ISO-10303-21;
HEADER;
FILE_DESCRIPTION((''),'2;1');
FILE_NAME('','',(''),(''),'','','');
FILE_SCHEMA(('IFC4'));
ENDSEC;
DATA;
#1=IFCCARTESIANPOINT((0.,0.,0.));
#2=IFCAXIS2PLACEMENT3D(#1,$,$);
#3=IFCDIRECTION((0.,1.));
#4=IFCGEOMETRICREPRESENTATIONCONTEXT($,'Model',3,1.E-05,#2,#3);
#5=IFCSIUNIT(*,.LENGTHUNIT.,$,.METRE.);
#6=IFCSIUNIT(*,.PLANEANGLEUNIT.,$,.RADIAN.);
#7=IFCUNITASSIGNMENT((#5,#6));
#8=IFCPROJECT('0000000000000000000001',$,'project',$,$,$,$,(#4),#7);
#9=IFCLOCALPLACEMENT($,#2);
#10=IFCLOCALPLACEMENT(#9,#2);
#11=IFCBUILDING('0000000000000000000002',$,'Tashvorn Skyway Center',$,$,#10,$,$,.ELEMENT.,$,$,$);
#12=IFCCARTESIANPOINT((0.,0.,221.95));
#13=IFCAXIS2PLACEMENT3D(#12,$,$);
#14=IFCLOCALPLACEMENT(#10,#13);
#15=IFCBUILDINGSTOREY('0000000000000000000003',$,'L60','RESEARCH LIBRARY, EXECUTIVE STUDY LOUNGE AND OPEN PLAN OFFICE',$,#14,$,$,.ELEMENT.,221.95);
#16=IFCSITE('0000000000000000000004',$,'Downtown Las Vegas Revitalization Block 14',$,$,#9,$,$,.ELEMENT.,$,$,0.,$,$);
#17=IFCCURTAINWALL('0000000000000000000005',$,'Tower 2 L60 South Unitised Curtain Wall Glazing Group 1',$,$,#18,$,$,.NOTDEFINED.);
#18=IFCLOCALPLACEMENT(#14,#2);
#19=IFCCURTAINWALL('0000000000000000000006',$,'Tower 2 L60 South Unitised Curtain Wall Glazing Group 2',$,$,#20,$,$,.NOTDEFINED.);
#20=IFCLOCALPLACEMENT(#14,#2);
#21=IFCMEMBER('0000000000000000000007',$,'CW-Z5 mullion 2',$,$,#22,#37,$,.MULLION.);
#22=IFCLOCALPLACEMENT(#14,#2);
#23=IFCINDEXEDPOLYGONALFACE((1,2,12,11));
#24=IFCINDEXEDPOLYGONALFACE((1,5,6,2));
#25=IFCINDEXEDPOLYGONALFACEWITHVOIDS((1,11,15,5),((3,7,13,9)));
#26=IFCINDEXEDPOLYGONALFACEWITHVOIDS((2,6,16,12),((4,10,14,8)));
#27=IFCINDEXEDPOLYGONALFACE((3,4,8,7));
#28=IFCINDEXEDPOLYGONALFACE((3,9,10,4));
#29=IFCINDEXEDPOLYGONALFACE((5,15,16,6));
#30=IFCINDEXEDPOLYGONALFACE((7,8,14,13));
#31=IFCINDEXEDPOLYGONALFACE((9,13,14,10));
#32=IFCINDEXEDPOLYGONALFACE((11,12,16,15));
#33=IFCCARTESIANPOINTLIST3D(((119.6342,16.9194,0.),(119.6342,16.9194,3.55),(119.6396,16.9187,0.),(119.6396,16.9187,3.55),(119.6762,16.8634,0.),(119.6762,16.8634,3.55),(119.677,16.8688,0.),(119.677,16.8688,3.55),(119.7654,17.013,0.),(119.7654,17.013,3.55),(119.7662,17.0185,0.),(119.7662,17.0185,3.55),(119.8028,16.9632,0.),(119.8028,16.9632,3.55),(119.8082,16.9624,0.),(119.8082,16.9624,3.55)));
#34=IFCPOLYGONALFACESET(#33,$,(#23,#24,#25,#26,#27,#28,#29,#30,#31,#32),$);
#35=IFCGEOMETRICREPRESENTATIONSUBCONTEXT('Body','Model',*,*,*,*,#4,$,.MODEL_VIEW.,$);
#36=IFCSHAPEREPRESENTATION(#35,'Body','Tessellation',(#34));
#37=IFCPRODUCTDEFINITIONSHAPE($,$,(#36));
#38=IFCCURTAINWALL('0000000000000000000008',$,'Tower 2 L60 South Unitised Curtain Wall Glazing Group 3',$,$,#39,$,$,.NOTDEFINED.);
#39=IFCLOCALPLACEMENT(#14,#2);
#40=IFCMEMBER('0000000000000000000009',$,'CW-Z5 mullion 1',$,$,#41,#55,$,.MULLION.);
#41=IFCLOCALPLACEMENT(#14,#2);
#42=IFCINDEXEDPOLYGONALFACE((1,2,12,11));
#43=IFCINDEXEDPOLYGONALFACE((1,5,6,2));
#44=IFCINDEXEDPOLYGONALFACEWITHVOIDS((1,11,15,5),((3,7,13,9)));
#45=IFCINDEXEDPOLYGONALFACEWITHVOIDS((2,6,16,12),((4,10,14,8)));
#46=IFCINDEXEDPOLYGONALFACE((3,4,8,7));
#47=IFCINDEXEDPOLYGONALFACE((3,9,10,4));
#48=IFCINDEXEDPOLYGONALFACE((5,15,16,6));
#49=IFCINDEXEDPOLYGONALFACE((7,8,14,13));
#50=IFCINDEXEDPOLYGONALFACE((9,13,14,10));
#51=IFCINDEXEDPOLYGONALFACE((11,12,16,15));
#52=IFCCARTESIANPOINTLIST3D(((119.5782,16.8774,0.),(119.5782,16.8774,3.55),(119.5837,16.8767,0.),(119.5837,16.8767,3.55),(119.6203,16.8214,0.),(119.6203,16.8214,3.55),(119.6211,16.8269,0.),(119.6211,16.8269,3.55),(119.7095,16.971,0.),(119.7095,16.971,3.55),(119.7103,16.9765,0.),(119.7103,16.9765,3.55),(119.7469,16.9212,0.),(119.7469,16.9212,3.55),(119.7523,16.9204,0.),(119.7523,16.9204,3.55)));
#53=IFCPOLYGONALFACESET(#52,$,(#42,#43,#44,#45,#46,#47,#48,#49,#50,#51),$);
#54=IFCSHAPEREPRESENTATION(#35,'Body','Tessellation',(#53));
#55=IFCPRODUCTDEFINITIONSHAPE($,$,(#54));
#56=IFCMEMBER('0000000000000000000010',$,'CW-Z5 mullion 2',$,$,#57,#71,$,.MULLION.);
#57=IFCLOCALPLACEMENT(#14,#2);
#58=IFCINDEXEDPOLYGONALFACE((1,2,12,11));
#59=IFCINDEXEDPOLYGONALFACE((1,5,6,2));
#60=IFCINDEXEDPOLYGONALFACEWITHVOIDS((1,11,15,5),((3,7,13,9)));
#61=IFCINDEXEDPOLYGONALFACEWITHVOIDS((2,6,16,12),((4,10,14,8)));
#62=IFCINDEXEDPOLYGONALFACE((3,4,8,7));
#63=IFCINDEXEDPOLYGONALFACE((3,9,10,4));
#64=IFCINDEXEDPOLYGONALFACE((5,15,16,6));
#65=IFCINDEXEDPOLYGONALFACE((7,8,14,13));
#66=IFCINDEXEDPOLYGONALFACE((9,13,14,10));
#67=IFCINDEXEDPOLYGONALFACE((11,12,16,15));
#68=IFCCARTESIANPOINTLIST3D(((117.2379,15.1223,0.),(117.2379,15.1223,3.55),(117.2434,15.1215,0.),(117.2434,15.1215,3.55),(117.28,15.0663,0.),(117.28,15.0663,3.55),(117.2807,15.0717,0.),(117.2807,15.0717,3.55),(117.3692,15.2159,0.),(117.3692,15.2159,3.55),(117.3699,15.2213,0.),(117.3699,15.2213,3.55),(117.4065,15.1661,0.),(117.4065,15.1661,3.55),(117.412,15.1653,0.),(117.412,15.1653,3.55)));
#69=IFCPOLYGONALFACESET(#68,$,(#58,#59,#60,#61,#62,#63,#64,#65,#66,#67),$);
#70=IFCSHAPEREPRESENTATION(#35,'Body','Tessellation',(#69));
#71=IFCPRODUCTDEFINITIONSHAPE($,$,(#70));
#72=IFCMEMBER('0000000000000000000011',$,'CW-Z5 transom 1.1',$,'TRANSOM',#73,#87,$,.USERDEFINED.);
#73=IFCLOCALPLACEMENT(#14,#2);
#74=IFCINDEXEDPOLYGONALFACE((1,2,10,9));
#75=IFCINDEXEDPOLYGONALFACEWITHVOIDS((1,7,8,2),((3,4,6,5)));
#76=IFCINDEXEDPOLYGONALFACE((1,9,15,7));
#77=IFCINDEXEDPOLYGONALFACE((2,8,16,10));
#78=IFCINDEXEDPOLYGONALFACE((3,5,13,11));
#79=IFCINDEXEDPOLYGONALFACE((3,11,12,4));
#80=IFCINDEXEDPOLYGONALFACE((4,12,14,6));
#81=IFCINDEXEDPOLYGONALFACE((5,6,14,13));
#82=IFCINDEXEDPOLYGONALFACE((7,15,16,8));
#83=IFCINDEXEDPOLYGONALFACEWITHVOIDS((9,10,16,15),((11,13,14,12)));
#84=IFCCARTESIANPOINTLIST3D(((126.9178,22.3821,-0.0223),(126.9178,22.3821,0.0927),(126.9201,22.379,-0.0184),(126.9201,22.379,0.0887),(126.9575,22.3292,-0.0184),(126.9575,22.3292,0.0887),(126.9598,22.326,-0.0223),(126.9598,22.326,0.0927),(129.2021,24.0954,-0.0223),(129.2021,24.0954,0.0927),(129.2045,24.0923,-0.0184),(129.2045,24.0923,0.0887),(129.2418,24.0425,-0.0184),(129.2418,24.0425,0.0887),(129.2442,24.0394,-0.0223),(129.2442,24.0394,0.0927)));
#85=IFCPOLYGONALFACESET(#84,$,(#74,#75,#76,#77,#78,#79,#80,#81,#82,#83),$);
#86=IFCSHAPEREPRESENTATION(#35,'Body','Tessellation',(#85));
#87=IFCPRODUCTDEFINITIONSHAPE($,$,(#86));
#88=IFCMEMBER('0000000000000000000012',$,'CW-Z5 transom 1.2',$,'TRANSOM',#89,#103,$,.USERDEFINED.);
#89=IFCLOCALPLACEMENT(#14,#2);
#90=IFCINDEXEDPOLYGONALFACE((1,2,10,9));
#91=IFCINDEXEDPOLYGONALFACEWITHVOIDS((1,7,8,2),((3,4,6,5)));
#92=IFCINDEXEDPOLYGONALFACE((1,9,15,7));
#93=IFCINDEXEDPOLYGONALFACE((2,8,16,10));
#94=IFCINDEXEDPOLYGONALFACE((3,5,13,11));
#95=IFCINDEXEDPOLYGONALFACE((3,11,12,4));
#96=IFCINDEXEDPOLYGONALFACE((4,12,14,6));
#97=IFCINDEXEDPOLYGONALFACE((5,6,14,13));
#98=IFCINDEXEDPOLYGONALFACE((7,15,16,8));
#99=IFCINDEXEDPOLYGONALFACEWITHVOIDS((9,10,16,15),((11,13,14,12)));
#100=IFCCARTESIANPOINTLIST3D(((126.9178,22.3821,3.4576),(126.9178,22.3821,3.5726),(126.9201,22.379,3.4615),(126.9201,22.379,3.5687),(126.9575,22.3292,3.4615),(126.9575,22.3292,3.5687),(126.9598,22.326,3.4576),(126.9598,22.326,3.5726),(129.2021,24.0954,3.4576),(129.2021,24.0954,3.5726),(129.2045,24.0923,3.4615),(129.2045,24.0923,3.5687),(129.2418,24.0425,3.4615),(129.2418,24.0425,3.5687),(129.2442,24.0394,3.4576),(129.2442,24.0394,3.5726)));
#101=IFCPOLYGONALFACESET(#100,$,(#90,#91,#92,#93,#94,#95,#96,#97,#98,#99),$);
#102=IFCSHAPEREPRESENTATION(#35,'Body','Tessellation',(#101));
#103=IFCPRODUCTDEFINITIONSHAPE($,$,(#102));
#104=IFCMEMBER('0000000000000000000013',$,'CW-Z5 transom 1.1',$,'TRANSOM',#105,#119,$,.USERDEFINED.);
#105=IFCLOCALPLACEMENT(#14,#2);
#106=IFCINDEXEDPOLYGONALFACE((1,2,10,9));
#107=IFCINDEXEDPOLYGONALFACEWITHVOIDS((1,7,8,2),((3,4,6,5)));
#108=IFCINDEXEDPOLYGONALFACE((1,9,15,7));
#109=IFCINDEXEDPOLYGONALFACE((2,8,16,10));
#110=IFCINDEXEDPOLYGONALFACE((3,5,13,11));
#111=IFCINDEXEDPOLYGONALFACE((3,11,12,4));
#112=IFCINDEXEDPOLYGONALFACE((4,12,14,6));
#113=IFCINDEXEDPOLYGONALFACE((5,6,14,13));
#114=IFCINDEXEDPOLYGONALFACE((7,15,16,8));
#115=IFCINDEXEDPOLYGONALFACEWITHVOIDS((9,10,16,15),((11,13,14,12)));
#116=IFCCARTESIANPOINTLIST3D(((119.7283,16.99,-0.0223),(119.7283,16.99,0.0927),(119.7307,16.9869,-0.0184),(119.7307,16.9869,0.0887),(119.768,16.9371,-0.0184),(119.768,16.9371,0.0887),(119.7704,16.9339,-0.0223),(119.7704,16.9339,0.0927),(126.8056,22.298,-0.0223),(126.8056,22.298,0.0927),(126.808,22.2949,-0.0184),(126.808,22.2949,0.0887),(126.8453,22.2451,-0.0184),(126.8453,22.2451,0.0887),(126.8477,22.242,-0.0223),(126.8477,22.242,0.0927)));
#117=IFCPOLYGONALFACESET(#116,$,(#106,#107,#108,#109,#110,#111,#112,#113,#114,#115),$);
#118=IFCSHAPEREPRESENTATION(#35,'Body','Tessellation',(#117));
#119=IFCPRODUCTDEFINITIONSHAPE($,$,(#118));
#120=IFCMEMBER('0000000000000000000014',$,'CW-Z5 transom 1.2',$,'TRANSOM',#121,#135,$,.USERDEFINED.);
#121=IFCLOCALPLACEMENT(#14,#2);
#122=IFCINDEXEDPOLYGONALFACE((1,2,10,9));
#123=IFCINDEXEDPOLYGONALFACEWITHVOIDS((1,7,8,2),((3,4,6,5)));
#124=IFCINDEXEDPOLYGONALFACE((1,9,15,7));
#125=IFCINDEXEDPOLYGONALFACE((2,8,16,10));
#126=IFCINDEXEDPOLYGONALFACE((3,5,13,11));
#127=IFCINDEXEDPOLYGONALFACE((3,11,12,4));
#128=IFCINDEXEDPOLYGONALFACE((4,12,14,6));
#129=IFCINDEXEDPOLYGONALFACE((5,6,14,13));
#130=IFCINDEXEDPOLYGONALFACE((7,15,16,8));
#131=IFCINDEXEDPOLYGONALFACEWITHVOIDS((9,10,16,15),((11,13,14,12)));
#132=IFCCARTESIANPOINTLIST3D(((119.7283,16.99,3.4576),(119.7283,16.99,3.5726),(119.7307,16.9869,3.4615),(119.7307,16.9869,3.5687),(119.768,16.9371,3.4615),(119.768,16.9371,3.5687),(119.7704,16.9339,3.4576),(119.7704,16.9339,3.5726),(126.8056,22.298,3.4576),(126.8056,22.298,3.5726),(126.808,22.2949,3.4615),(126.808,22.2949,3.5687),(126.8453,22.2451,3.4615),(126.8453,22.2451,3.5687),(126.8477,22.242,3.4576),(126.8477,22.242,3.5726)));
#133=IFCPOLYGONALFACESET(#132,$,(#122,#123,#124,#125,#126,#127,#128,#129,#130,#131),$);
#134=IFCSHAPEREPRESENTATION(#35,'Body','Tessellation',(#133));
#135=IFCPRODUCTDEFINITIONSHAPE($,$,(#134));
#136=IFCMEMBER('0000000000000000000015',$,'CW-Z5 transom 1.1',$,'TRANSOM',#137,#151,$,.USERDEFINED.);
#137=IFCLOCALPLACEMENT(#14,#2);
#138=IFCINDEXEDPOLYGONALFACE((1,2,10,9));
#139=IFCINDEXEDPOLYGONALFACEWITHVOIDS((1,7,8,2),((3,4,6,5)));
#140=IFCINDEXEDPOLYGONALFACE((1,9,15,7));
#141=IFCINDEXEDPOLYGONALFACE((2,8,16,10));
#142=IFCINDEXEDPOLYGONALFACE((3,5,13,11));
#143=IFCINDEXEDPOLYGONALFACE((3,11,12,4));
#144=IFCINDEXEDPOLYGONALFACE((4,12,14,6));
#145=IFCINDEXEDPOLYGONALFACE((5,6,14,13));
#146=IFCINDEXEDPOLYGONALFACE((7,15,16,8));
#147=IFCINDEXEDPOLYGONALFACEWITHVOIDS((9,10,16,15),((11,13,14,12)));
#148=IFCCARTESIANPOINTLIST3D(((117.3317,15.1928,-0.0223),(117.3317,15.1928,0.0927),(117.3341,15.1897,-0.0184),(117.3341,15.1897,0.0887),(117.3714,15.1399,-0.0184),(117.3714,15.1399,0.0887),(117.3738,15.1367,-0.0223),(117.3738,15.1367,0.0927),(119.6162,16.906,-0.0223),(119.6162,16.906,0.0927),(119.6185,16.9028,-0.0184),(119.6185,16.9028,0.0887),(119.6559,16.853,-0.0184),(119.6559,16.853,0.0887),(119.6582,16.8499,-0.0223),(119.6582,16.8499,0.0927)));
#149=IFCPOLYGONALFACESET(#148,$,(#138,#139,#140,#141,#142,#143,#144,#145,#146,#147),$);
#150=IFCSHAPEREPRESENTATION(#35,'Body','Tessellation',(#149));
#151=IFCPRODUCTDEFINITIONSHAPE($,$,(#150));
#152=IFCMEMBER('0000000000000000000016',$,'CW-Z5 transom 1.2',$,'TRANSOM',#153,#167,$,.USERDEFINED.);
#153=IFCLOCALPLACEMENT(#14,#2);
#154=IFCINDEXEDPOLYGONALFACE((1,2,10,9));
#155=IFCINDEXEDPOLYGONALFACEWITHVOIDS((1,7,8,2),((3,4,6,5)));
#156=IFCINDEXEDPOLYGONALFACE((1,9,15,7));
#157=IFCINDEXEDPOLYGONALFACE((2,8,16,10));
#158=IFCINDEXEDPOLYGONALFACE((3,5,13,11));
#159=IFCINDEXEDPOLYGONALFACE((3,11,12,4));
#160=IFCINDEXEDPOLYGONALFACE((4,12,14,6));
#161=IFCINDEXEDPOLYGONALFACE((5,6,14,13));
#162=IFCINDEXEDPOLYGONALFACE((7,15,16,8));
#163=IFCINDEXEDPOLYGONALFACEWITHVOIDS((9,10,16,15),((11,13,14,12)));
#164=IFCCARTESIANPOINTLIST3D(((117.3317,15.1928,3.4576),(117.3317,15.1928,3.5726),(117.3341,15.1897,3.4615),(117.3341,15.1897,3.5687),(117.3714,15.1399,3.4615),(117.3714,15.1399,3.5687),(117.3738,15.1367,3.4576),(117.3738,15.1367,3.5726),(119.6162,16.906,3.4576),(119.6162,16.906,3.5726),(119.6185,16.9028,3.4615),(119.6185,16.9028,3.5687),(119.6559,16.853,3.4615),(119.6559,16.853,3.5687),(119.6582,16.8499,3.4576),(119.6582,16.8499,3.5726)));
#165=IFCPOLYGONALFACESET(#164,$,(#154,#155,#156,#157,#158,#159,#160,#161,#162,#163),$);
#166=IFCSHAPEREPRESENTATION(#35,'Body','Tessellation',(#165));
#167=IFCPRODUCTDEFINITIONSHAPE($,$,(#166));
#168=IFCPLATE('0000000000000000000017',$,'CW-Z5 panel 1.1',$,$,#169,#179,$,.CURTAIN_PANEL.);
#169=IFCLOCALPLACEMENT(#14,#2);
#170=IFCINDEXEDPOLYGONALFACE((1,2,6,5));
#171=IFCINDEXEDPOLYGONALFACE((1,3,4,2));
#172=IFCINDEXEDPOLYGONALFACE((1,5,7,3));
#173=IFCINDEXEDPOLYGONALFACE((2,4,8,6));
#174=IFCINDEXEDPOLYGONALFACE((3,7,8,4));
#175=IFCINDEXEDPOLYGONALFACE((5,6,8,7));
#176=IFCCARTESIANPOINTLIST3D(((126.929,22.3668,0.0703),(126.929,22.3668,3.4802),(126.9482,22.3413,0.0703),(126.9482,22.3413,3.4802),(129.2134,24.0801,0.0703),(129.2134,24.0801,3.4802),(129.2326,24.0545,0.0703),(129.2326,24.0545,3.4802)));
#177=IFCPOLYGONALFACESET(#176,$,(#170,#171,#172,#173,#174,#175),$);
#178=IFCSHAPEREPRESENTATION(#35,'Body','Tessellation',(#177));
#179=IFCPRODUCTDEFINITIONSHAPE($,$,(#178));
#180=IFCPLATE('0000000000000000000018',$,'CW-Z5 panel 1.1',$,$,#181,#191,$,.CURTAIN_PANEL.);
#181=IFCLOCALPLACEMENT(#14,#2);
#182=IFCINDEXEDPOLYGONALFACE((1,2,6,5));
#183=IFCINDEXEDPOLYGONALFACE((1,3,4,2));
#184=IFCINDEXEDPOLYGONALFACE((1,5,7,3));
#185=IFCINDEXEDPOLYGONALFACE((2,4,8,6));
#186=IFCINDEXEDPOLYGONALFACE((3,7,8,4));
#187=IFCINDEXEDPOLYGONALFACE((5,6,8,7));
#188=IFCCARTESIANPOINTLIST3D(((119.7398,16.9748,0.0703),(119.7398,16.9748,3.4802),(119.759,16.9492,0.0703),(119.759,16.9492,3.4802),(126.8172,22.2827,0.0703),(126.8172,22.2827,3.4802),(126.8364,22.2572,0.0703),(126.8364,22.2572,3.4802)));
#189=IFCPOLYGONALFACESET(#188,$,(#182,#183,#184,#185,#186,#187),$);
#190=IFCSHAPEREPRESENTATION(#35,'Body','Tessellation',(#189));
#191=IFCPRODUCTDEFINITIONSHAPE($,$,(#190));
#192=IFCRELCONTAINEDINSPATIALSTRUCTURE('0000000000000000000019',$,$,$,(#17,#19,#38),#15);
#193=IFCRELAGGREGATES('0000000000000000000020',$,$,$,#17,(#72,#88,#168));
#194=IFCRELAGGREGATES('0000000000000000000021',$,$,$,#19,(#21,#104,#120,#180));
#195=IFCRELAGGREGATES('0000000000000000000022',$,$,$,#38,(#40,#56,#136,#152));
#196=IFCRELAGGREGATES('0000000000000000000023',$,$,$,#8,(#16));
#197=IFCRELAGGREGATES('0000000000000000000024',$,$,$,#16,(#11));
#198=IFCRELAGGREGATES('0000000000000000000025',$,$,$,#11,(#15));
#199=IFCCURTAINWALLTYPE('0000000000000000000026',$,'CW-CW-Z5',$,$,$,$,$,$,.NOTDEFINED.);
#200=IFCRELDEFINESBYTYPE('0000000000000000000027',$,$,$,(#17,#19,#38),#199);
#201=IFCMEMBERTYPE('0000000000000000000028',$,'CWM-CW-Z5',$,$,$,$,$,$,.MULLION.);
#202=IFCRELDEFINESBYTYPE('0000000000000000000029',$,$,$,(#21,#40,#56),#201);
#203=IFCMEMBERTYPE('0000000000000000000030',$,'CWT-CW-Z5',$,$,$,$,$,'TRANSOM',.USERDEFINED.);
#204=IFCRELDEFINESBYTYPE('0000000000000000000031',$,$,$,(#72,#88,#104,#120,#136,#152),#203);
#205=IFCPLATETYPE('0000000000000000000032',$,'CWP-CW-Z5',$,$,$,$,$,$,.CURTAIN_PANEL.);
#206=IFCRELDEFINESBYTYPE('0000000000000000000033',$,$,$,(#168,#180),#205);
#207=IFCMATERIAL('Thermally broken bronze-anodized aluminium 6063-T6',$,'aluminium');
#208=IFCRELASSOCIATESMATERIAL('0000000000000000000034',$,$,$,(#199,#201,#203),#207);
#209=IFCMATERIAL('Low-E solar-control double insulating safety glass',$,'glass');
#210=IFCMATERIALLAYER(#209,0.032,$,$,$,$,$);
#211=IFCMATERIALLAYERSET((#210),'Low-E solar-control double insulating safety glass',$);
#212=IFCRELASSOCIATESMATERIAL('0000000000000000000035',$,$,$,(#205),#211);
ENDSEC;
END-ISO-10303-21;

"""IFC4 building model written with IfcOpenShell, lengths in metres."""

from ifc_helpers import new_model, si_unit, direction, frame, origin, origin_2d, place, context, subcontext, project, spatial, rectangle, hollow_rectangle, extrude, material, layer, layer_set, material_profile, profile_set, type_object, element, aggregate, save


model = new_model("IFC4")

# Units and contexts
model_context = context("Model", 3, precision=1e-05, world=origin(), true_north=direction((0.0, 1.0)))
body_context = subcontext(model_context, "Body", "Model", "MODEL_VIEW")
ifc_project = project(units=[si_unit("LENGTHUNIT", "METRE"), si_unit("PLANEANGLEUNIT", "RADIAN")], contexts=[model_context])

# Site, building, storey
site_placement = place(None, origin())
site = spatial("IfcSite", under=ifc_project, at=site_placement, Name="Downtown Las Vegas Revitalization Block 14", CompositionType="ELEMENT", RefElevation=0.0)
building_placement = place(site_placement, origin())
building = spatial("IfcBuilding", under=site, at=building_placement, Name="Tashvorn Skyway Center", CompositionType="ELEMENT")
storey_placement = place(building_placement, frame((0.0, 0.0, 221.95)))
storey = spatial("IfcBuildingStorey", under=building, at=storey_placement, Name="L60", Description="RESEARCH LIBRARY, EXECUTIVE STUDY LOUNGE AND OPEN PLAN OFFICE", CompositionType="ELEMENT", Elevation=221.95)

# Curtain walls, members
ifc_material_1 = material(Name="Thermally broken bronze-anodized aluminium 6063-T6", Category="aluminium")
curtain_wall_type = type_object("IfcCurtainWallType", Name="CW-CW-Z5", PredefinedType="NOTDEFINED", material=ifc_material_1)
curtain_wall_1_placement = place(storey_placement, origin())
curtain_wall_1 = element("IfcCurtainWall", 1, at=curtain_wall_1_placement, inside=storey, type_object=curtain_wall_type, Name="Tower 2 L60 South Unitised Curtain Wall Glazing Group 1", PredefinedType="NOTDEFINED")
ifc_material_profile_1 = material_profile(ifc_material_1, hollow_rectangle(XDim=0.0701, YDim=0.165, WallThickness=0.0039, at=origin_2d()), Name="ALU-MULL-70x165")
ifc_profile_set_1 = profile_set([ifc_material_profile_1], Name="Thermally broken bronze-anodized aluminium 6063-T6")
member_type_1 = type_object("IfcMemberType", Name="CWM-CW-Z5", PredefinedType="MULLION", material=ifc_profile_set_1)
curtain_wall_2_placement = place(storey_placement, origin())
curtain_wall_2 = element("IfcCurtainWall", 2, at=curtain_wall_2_placement, inside=storey, type_object=curtain_wall_type, Name="Tower 2 L60 South Unitised Curtain Wall Glazing Group 2", PredefinedType="NOTDEFINED")
member_1_placement = place(storey_placement, frame((119.7212, 16.9409, 0.0), z_axis=(0.0, 0.0, 1.0), x_axis=(0.599996, -0.800003, 0.0)))
member_1 = element("IfcMember", 3, at=member_1_placement, type_object=member_type_1, Name="CW-Z5 mullion 2", PredefinedType="MULLION", context=body_context, shape_type="SweptSolid", body=[
    extrude(hollow_rectangle(XDim=0.0701, YDim=0.165, WallThickness=0.0039, at=origin_2d()), origin(), (0.0, 0.0, 1.0), 3.55),
])
curtain_wall_3_placement = place(storey_placement, origin())
curtain_wall_3 = element("IfcCurtainWall", 4, at=curtain_wall_3_placement, inside=storey, type_object=curtain_wall_type, Name="Tower 2 L60 South Unitised Curtain Wall Glazing Group 3", PredefinedType="NOTDEFINED")
member_2_placement = place(storey_placement, frame((119.6653, 16.8989, 0.0), z_axis=(0.0, 0.0, 1.0), x_axis=(0.6, -0.8, 0.0)))
member_2 = element("IfcMember", 5, at=member_2_placement, type_object=member_type_1, Name="CW-Z5 mullion 1", PredefinedType="MULLION", context=body_context, shape_type="SweptSolid", body=[
    extrude(hollow_rectangle(XDim=0.0701, YDim=0.165, WallThickness=0.0039, at=origin_2d()), origin(), (0.0, 0.0, 1.0), 3.55),
])
member_3_placement = place(storey_placement, frame((117.325, 15.1438, 0.0), z_axis=(0.0, 0.0, 1.0), x_axis=(0.6, -0.8, 0.0)))
member_3 = element("IfcMember", 6, at=member_3_placement, type_object=member_type_1, Name="CW-Z5 mullion 2", PredefinedType="MULLION", context=body_context, shape_type="SweptSolid", body=[
    extrude(hollow_rectangle(XDim=0.0701, YDim=0.165, WallThickness=0.0039, at=origin_2d()), origin(), (0.0, 0.0, 1.0), 3.55),
])

# Members
ifc_material_profile_2 = material_profile(ifc_material_1, hollow_rectangle(XDim=0.0701, YDim=0.115, WallThickness=0.0039, at=origin_2d()), Name="ALU-TRAN-70x115")
ifc_profile_set_2 = profile_set([ifc_material_profile_2], Name="Thermally broken bronze-anodized aluminium 6063-T6")
member_type_2 = type_object("IfcMemberType", Name="CWT-CW-Z5", ElementType="TRANSOM", PredefinedType="USERDEFINED", material=ifc_profile_set_2)
member_4_placement = place(storey_placement, frame((129.2231, 24.0674, 0.0352), z_axis=(-0.79999, -0.600014, 0.0), x_axis=(0.600014, -0.79999, 0.0)))
member_4 = element("IfcMember", 7, at=member_4_placement, type_object=member_type_2, Name="CW-Z5 transom 1.1", ObjectType="TRANSOM", PredefinedType="USERDEFINED", context=body_context, shape_type="SweptSolid", body=[
    extrude(hollow_rectangle(XDim=0.0701, YDim=0.115, WallThickness=0.0039, at=origin_2d()), origin(), (0.0, 0.0, 1.0), 2.8555),
])
member_5_placement = place(storey_placement, frame((129.2231, 24.0674, 3.5151), z_axis=(-0.79999, -0.600014, 0.0), x_axis=(0.600014, -0.79999, 0.0)))
member_5 = element("IfcMember", 8, at=member_5_placement, type_object=member_type_2, Name="CW-Z5 transom 1.2", ObjectType="TRANSOM", PredefinedType="USERDEFINED", context=body_context, shape_type="SweptSolid", body=[
    extrude(hollow_rectangle(XDim=0.0701, YDim=0.115, WallThickness=0.0039, at=origin_2d()), origin(), (0.0, 0.0, 1.0), 2.8555),
])
member_6_placement = place(storey_placement, frame((126.8267, 22.27, 0.0352), z_axis=(-0.799997, -0.600004, 0.0), x_axis=(0.600004, -0.799997, 0.0)))
member_6 = element("IfcMember", 9, at=member_6_placement, type_object=member_type_2, Name="CW-Z5 transom 1.1", ObjectType="TRANSOM", PredefinedType="USERDEFINED", context=body_context, shape_type="SweptSolid", body=[
    extrude(hollow_rectangle(XDim=0.0701, YDim=0.115, WallThickness=0.0039, at=origin_2d()), origin(), (0.0, 0.0, 1.0), 8.8467),
])
member_7_placement = place(storey_placement, frame((126.8267, 22.27, 3.5151), z_axis=(-0.799997, -0.600004, 0.0), x_axis=(0.600004, -0.799997, 0.0)))
member_7 = element("IfcMember", 10, at=member_7_placement, type_object=member_type_2, Name="CW-Z5 transom 1.2", ObjectType="TRANSOM", PredefinedType="USERDEFINED", context=body_context, shape_type="SweptSolid", body=[
    extrude(hollow_rectangle(XDim=0.0701, YDim=0.115, WallThickness=0.0039, at=origin_2d()), origin(), (0.0, 0.0, 1.0), 8.8467),
])
member_8_placement = place(storey_placement, frame((119.6372, 16.8779, 0.0352), z_axis=(-0.800031, -0.599959, 0.0), x_axis=(0.599959, -0.800031, 0.0)))
member_8 = element("IfcMember", 11, at=member_8_placement, type_object=member_type_2, Name="CW-Z5 transom 1.1", ObjectType="TRANSOM", PredefinedType="USERDEFINED", context=body_context, shape_type="SweptSolid", body=[
    extrude(hollow_rectangle(XDim=0.0701, YDim=0.115, WallThickness=0.0039, at=origin_2d()), origin(), (0.0, 0.0, 1.0), 2.8555),
])
member_9_placement = place(storey_placement, frame((119.6372, 16.8779, 3.5151), z_axis=(-0.800031, -0.599959, 0.0), x_axis=(0.599959, -0.800031, 0.0)))
member_9 = element("IfcMember", 12, at=member_9_placement, type_object=member_type_2, Name="CW-Z5 transom 1.2", ObjectType="TRANSOM", PredefinedType="USERDEFINED", context=body_context, shape_type="SweptSolid", body=[
    extrude(hollow_rectangle(XDim=0.0701, YDim=0.115, WallThickness=0.0039, at=origin_2d()), origin(), (0.0, 0.0, 1.0), 2.8555),
])

# Plates
ifc_material_2 = material(Name="Low-E solar-control double insulating safety glass", Category="glass")
ifc_layer_1 = layer(ifc_material_2, 0.032)
ifc_layer_set_1 = layer_set([ifc_layer_1], Name="Low-E solar-control double insulating safety glass")
plate_type = type_object("IfcPlateType", Name="CWP-CW-Z5", PredefinedType="CURTAIN_PANEL", material=ifc_layer_set_1)
plate_1_placement = place(storey_placement, frame((128.0808, 23.2107, 0.0703), z_axis=(0.0, 0.0, 1.0), x_axis=(-0.8, -0.6, 0.0)))
plate_1 = element("IfcPlate", 13, at=plate_1_placement, type_object=plate_type, Name="CW-Z5 panel 1.1", PredefinedType="CURTAIN_PANEL", context=body_context, shape_type="SweptSolid", body=[
    extrude(rectangle(XDim=2.8555, YDim=0.032, at=origin_2d()), origin(), (0.0, 0.0, 1.0), 3.4099),
])
aggregate(curtain_wall_1, [member_4, member_5, plate_1])
plate_2_placement = place(storey_placement, frame((123.2881, 19.616, 0.0703), z_axis=(0.0, 0.0, 1.0), x_axis=(-0.800003, -0.599996, 0.0)))
plate_2 = element("IfcPlate", 14, at=plate_2_placement, type_object=plate_type, Name="CW-Z5 panel 1.1", PredefinedType="CURTAIN_PANEL", context=body_context, shape_type="SweptSolid", body=[
    extrude(rectangle(XDim=8.8467, YDim=0.032, at=origin_2d()), origin(), (0.0, 0.0, 1.0), 3.4099),
])
aggregate(curtain_wall_2, [member_1, member_6, member_7, plate_2])
aggregate(curtain_wall_3, [member_2, member_3, member_8, member_9])

save(model, "model.ifc")
